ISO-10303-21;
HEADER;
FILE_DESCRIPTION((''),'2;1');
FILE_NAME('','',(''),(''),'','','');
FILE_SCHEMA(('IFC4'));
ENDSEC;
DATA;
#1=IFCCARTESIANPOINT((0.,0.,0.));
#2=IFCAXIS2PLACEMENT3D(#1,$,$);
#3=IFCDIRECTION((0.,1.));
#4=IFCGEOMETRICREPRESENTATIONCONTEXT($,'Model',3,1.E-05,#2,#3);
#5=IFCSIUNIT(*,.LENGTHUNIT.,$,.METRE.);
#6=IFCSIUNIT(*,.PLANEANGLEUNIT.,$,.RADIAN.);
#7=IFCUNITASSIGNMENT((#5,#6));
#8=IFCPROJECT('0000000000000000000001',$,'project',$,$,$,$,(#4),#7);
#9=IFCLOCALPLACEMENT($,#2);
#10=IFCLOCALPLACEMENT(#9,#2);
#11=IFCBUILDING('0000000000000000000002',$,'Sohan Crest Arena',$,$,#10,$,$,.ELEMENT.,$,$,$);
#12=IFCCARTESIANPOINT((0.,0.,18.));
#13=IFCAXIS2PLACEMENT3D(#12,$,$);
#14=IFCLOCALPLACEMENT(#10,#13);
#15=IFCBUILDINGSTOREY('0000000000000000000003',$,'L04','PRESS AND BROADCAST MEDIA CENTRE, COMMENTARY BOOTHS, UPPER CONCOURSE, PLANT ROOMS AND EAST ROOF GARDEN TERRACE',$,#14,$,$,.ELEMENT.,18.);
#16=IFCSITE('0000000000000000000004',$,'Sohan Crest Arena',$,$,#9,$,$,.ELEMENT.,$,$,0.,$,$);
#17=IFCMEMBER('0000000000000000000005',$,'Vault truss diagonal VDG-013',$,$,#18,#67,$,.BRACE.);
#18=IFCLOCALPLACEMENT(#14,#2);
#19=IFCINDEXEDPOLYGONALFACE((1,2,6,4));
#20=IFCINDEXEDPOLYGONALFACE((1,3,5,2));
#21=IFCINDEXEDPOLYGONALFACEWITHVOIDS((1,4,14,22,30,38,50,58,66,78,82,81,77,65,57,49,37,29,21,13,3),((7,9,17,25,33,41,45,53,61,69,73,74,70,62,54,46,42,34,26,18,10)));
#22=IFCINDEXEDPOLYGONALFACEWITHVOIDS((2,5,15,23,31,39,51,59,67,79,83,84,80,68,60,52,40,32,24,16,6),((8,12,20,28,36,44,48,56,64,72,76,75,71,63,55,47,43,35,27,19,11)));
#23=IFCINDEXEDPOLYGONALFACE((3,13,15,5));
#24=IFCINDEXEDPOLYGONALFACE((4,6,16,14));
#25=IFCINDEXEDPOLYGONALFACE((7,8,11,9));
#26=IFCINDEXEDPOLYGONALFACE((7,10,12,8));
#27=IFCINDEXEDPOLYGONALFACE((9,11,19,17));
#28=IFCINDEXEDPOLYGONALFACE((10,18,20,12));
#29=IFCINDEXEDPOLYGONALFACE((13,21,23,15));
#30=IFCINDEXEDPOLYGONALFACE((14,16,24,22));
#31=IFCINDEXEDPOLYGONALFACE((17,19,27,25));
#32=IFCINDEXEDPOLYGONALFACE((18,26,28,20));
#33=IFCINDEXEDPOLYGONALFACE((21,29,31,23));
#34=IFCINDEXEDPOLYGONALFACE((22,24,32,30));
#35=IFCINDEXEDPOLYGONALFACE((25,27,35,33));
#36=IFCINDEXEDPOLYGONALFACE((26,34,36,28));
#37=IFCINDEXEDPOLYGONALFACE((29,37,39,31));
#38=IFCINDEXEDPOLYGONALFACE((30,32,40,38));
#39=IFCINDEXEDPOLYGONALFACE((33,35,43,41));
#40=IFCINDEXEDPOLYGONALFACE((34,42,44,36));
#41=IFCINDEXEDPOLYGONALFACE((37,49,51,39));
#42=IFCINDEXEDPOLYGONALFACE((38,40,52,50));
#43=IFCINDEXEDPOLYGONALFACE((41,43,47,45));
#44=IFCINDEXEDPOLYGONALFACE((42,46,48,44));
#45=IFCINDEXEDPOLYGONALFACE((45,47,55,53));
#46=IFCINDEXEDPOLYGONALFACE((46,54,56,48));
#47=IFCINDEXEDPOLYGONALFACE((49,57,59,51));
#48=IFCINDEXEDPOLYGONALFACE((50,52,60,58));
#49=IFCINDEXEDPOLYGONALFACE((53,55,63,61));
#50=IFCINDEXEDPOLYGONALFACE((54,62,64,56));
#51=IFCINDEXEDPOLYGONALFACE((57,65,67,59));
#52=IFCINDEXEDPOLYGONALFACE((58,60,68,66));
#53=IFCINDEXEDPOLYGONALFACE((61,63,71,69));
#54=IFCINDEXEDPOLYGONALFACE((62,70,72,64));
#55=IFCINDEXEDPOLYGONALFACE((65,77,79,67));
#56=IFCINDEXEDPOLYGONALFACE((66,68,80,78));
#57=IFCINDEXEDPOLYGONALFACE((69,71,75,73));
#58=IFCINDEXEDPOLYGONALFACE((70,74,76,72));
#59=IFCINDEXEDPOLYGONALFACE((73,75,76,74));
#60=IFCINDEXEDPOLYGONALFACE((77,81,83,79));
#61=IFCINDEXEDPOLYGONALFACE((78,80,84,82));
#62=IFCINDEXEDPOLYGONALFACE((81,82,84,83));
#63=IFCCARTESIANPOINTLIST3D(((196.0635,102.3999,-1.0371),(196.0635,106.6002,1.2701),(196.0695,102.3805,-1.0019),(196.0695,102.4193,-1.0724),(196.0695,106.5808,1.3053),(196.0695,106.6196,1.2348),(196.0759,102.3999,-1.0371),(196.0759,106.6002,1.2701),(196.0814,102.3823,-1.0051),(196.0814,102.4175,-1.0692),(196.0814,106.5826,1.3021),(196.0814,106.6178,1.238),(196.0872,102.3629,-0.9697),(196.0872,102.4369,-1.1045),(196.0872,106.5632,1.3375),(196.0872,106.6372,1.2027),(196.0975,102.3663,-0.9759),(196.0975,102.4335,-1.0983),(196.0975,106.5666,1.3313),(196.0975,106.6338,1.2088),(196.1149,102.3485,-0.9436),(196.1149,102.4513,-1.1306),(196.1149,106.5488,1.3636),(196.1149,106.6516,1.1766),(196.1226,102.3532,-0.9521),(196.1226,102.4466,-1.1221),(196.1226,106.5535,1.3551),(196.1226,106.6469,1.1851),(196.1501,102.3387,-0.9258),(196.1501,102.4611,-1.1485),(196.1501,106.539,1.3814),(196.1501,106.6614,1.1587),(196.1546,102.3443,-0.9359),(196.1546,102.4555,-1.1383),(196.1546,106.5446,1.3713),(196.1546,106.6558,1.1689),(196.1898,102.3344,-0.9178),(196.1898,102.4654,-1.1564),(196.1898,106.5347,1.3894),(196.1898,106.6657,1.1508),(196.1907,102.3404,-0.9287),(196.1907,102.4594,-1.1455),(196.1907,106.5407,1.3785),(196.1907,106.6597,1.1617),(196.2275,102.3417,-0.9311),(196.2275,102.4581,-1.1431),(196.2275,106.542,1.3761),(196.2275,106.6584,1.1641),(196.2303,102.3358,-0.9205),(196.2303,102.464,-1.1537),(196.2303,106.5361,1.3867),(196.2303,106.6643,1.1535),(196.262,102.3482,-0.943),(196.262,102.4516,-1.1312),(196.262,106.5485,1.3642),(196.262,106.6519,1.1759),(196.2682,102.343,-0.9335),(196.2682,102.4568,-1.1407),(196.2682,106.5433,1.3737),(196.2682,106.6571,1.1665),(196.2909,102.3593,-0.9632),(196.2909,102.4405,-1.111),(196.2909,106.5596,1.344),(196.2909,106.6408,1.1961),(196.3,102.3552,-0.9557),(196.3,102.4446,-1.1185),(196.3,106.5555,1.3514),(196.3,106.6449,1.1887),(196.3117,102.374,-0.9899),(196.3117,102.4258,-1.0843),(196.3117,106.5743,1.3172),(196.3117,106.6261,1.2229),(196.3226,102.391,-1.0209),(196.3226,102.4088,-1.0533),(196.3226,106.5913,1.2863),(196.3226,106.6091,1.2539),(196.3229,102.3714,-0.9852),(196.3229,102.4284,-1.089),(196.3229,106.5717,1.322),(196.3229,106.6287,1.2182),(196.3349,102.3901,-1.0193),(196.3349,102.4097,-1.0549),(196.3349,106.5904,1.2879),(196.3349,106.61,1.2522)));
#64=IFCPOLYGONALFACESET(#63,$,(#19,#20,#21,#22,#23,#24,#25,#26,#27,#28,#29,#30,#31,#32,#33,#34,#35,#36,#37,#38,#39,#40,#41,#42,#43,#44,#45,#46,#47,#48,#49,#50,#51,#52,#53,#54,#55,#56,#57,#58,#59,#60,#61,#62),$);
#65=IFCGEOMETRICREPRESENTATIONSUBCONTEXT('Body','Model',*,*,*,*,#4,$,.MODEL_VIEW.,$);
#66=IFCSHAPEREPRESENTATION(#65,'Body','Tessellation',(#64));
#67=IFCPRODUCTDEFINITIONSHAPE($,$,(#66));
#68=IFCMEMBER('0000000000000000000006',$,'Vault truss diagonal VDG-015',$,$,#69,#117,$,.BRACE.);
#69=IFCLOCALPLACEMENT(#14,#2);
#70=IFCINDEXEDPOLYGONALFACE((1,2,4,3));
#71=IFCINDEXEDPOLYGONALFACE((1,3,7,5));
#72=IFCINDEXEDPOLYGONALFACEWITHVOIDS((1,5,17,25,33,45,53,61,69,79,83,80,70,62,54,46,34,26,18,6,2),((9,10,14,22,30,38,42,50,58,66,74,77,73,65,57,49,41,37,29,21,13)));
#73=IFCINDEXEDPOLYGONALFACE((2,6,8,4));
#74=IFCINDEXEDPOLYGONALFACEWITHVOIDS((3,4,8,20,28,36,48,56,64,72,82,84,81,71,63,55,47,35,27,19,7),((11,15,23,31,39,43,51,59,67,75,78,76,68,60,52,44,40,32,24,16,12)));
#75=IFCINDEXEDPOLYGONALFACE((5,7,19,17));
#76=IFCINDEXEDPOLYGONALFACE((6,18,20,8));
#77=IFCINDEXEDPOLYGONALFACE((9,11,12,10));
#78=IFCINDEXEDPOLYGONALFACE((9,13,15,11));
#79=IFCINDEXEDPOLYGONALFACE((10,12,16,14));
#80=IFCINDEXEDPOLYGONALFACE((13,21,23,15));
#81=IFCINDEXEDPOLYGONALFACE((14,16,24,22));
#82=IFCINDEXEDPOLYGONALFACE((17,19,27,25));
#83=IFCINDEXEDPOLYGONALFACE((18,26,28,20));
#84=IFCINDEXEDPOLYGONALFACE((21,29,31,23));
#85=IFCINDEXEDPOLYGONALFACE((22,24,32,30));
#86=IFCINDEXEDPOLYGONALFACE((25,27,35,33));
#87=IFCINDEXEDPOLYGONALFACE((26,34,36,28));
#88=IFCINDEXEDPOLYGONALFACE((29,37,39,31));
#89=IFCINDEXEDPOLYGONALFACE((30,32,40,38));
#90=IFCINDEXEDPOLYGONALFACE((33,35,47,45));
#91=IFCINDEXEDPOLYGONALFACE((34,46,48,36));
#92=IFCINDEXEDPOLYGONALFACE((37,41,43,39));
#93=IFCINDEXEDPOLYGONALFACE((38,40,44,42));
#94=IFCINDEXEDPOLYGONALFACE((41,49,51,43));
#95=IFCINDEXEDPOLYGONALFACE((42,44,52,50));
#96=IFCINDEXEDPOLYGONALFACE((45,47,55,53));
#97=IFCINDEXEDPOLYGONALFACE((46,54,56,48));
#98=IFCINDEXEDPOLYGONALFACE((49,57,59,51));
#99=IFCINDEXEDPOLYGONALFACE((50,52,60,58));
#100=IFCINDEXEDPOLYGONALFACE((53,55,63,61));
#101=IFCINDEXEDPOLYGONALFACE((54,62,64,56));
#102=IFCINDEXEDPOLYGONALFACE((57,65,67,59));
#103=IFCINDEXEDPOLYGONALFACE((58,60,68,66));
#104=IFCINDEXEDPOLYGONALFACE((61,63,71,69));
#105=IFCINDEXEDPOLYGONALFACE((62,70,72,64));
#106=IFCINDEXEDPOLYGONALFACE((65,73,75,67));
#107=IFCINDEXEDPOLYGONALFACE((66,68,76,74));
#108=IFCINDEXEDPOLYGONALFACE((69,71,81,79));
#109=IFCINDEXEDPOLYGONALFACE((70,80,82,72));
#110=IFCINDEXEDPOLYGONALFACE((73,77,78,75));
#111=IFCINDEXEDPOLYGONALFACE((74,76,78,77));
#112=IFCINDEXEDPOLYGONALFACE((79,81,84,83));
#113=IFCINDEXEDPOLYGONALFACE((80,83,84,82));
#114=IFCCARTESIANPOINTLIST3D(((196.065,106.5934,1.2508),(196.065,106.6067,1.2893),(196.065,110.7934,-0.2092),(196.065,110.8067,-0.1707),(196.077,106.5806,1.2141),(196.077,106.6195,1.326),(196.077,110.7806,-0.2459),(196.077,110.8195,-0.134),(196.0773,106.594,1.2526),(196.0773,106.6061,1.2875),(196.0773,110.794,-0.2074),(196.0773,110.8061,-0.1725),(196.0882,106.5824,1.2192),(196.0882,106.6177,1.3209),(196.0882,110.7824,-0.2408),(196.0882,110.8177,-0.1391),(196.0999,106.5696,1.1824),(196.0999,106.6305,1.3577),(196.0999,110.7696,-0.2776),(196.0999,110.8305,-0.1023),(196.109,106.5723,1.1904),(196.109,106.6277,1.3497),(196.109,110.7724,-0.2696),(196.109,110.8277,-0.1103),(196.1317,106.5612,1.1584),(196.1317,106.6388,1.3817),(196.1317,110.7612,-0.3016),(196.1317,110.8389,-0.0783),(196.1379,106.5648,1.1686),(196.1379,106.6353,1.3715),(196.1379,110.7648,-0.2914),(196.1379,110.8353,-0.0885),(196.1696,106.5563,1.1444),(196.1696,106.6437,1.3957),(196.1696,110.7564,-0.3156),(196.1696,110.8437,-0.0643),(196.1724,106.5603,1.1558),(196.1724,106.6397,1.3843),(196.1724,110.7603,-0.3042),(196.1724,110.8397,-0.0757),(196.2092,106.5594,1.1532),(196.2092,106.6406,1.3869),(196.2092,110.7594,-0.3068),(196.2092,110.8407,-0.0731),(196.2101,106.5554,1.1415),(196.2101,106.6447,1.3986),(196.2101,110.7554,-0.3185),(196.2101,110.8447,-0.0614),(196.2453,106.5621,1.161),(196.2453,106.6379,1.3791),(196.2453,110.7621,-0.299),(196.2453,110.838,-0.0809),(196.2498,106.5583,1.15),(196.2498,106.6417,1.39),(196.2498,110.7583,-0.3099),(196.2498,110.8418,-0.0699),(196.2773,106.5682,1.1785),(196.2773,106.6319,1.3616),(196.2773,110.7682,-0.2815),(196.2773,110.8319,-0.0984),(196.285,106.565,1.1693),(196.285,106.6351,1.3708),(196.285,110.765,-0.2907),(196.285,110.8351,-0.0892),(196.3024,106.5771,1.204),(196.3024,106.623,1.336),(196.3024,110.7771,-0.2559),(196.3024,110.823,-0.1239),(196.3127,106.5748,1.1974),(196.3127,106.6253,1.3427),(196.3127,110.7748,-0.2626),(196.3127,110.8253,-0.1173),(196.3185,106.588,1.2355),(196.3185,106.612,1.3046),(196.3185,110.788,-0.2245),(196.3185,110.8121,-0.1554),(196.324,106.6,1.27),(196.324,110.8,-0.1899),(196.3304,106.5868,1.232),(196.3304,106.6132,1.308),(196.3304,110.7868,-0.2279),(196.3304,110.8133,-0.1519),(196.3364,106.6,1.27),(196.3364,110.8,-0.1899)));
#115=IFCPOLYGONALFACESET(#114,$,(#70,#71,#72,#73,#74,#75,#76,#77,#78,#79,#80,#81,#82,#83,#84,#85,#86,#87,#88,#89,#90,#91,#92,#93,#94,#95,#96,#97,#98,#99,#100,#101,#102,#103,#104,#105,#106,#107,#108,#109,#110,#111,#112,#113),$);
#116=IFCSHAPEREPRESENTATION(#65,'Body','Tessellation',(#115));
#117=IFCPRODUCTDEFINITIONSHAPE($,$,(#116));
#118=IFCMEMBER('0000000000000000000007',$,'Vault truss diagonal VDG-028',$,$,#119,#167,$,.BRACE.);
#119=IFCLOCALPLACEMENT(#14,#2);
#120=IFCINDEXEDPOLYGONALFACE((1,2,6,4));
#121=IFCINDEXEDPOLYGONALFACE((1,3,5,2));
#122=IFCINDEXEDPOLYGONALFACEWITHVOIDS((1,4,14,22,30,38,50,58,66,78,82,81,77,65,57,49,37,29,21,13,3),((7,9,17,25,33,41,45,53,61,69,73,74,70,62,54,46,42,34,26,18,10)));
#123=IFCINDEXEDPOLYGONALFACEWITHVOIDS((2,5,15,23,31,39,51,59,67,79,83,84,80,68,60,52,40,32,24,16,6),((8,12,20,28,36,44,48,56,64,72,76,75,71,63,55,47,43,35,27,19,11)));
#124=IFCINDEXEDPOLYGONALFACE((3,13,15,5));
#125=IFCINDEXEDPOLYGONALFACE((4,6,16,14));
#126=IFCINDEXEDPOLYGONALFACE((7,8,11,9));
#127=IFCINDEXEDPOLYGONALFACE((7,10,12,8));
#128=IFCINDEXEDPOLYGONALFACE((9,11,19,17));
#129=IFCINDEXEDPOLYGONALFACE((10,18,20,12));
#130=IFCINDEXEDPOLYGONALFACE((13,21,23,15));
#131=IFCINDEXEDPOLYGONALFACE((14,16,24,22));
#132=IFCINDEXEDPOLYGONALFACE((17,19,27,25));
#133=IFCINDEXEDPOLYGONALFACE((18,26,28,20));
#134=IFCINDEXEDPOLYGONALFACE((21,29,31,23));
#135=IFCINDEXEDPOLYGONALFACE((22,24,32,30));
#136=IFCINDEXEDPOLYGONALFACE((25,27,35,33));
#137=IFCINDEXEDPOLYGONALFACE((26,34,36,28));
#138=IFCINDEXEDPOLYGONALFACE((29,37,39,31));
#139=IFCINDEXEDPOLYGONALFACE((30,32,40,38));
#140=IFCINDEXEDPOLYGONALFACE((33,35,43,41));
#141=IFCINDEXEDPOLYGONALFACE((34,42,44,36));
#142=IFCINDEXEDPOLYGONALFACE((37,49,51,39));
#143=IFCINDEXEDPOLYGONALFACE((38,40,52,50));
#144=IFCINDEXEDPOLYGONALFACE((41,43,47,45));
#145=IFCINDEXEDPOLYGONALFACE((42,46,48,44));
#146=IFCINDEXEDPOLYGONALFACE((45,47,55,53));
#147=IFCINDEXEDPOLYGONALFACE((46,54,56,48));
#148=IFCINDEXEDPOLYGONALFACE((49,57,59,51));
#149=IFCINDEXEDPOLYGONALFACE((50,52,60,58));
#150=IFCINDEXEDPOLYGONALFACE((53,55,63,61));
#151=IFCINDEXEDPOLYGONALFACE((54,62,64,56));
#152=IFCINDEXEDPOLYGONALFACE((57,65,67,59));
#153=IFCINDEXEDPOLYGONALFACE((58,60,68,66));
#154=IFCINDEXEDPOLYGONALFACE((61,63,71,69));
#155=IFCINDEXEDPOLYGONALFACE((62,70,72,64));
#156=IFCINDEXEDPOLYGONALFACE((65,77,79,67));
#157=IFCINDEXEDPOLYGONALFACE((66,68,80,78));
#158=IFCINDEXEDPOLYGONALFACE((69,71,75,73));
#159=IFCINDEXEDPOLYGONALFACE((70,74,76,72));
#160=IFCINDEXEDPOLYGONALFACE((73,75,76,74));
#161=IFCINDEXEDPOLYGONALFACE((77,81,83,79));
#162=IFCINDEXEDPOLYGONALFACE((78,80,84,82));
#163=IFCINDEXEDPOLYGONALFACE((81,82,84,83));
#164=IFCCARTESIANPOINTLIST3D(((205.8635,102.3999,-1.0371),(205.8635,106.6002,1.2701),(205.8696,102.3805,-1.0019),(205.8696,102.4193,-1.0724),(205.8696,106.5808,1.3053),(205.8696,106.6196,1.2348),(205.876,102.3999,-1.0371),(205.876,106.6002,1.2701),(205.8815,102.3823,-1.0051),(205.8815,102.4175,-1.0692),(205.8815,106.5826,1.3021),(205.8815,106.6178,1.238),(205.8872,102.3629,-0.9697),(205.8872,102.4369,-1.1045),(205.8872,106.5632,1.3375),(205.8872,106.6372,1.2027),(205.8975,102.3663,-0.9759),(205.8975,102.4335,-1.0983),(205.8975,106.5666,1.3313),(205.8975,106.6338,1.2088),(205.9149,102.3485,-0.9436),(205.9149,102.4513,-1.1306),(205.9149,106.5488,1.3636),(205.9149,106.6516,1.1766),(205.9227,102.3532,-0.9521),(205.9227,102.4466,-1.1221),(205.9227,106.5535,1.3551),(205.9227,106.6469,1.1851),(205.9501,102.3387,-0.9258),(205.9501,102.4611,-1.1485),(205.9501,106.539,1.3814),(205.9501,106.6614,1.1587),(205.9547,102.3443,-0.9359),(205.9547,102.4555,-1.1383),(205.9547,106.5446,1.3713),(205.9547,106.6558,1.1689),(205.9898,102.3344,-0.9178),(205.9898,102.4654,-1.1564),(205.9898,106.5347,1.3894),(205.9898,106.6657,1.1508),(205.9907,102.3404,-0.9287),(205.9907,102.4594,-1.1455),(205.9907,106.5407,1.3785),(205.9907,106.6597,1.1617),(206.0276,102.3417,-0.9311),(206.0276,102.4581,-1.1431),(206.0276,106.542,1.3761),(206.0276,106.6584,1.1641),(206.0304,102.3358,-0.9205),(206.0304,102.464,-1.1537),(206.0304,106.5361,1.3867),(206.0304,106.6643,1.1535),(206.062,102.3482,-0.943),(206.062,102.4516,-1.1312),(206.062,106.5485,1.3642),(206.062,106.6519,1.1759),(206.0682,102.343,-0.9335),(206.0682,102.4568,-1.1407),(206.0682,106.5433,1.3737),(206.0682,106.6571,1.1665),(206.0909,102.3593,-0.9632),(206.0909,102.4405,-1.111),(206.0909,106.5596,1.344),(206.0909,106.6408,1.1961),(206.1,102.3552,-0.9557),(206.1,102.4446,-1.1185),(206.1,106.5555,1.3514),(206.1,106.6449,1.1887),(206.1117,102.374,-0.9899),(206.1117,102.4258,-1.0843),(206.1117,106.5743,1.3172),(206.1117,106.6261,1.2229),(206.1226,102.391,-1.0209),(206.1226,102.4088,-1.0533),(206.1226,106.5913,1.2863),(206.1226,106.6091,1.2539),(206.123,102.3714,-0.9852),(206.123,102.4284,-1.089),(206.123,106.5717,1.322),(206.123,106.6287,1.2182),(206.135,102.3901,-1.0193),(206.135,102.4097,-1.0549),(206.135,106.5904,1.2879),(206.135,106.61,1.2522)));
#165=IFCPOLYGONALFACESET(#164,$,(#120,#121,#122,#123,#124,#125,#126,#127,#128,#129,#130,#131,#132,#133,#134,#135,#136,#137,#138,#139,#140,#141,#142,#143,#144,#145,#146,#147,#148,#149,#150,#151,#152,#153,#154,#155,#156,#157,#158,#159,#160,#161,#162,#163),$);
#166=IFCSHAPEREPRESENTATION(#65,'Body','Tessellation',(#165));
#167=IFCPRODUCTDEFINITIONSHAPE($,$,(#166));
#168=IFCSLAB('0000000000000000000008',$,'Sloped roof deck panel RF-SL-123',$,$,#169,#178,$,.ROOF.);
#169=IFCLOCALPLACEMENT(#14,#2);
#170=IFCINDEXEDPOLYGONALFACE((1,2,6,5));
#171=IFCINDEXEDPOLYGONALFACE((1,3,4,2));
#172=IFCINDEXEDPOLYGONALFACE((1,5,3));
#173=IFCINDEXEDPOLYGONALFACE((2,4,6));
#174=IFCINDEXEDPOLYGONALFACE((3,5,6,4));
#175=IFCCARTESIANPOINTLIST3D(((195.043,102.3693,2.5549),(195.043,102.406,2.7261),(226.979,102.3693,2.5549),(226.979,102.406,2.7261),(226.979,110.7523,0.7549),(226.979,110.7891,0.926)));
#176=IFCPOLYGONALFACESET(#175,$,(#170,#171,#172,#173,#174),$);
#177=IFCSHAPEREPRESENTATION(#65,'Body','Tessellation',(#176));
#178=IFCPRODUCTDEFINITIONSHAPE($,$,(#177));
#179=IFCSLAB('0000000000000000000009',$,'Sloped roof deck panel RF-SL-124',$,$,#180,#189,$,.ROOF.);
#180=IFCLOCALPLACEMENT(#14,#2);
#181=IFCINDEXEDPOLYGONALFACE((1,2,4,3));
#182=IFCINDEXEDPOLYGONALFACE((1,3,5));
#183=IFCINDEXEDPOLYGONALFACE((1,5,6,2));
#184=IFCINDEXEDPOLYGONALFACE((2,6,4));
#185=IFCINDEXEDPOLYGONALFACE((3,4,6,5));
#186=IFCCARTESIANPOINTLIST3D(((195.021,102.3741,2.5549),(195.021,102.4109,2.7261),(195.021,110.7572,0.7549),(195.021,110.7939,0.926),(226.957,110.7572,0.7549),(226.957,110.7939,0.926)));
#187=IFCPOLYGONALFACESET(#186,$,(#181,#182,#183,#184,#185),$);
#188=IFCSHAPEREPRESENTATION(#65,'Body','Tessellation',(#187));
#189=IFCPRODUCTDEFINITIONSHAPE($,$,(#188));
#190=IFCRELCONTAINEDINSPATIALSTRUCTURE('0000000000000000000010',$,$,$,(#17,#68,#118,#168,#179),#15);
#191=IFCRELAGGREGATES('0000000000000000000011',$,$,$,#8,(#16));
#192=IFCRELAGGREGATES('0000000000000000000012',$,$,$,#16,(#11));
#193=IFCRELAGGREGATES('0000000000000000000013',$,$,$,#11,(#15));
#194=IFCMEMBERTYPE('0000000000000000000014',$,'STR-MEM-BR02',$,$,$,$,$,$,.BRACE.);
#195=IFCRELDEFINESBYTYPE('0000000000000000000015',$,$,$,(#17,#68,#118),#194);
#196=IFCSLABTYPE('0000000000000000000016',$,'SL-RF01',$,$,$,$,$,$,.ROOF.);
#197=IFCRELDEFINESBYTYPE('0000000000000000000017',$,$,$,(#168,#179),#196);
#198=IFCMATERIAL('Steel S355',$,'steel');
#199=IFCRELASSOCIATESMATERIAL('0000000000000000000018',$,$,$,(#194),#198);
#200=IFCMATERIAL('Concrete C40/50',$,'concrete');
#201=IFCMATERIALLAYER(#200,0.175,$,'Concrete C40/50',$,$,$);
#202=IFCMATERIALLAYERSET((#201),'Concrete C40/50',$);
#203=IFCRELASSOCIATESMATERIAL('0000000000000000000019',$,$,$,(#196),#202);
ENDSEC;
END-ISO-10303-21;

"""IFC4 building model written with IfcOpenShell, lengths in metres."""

from ifc_helpers import new_model, si_unit, direction, frame, origin, origin_2d, place, context, subcontext, project, spatial, polyline, hollow_circle, outline, extrude, material, layer, layer_set, material_profile, profile_set, type_object, element, save


model = new_model("IFC4")

# Units and contexts
model_context = context("Model", 3, precision=1e-05, world=origin(), true_north=direction((0.0, 1.0)))
body_context = subcontext(model_context, "Body", "Model", "MODEL_VIEW")
ifc_project = project(units=[si_unit("LENGTHUNIT", "METRE"), si_unit("PLANEANGLEUNIT", "RADIAN")], contexts=[model_context])

# Site, building, storey
site_placement = place(None, origin())
site = spatial("IfcSite", under=ifc_project, at=site_placement, Name="Sohan Crest Arena", CompositionType="ELEMENT", RefElevation=0.0)
building_placement = place(site_placement, origin())
building = spatial("IfcBuilding", under=site, at=building_placement, Name="Sohan Crest Arena", CompositionType="ELEMENT")
storey_placement = place(building_placement, frame((0.0, 0.0, 18.0)))
storey = spatial("IfcBuildingStorey", under=building, at=storey_placement, Name="L04", Description="PRESS AND BROADCAST MEDIA CENTRE, COMMENTARY BOOTHS, UPPER CONCOURSE, PLANT ROOMS AND EAST ROOF GARDEN TERRACE", CompositionType="ELEMENT", Elevation=18.0)

# Shared definitions
ifc_material_1 = material(Name="Steel S355", Category="steel")

# Members
ifc_material_profile_1 = material_profile(ifc_material_1, hollow_circle(Radius=0.1365, WallThickness=0.0125, at=origin_2d()), Name="CHS 273x12.5")
ifc_profile_set_1 = profile_set([ifc_material_profile_1], Name="Steel S355")
member_type_1 = type_object("IfcMemberType", Name="STR-MEM-BR02", PredefinedType="BRACE", material=ifc_profile_set_1)
member_1_placement = place(storey_placement, frame((196.2, 102.3999, -1.0371), z_axis=(0.0, 0.876478, 0.481441), x_axis=(-1.0, 0.0, 0.0)))
element("IfcMember", 1, at=member_1_placement, inside=storey, type_object=member_type_1, Name="Vault truss diagonal VDG-013", PredefinedType="BRACE", context=body_context, shape_type="SweptSolid", body=[
    extrude(hollow_circle(Radius=0.1365, WallThickness=0.0125, at=origin_2d()), origin(), (0.0, 0.0, 1.0), 4.7922),
])
member_2_placement = place(storey_placement, frame((196.2, 110.8, -0.1899), z_axis=(0.0, -0.944559, 0.328342), x_axis=(1.0, 0.0, 0.0)))
element("IfcMember", 2, at=member_2_placement, inside=storey, type_object=member_type_1, Name="Vault truss diagonal VDG-015", PredefinedType="BRACE", context=body_context, shape_type="SweptSolid", body=[
    extrude(hollow_circle(Radius=0.1365, WallThickness=0.0125, at=origin_2d()), origin(), (0.0, 0.0, 1.0), 4.4465),
])
member_3_placement = place(storey_placement, frame((206.0, 102.3999, -1.0371), z_axis=(0.0, 0.876478, 0.481441), x_axis=(-1.0, 0.0, 0.0)))
element("IfcMember", 3, at=member_3_placement, inside=storey, type_object=member_type_1, Name="Vault truss diagonal VDG-028", PredefinedType="BRACE", context=body_context, shape_type="SweptSolid", body=[
    extrude(hollow_circle(Radius=0.1365, WallThickness=0.0125, at=origin_2d()), origin(), (0.0, 0.0, 1.0), 4.7922),
])

# Slabs
ifc_material_2 = material(Name="Concrete C40/50", Category="concrete")
ifc_layer_1 = layer(ifc_material_2, 0.175, Name="Concrete C40/50")
ifc_layer_set_1 = layer_set([ifc_layer_1], Name="Concrete C40/50")
slab_type = type_object("IfcSlabType", Name="SL-RF01", PredefinedType="ROOF", material=ifc_layer_set_1)
slab_1_placement = place(storey_placement, frame((195.043, 102.406, 2.7261), z_axis=(0.0, 0.209939, 0.977714), x_axis=(1.0, 0.0, 0.0)))
element("IfcSlab", 4, at=slab_1_placement, inside=storey, type_object=slab_type, Name="Sloped roof deck panel RF-SL-123", PredefinedType="ROOF", context=body_context, shape_type="SweptSolid", body=[
    extrude(outline(polyline([(0.0, 0.0), (31.936, 0.0), (31.936, 8.5741), (0.0, 0.0)])), origin(), (0.0, 0.0, -1.0), 0.175),
])
slab_2_placement = place(storey_placement, frame((195.021, 102.4109, 2.7261), z_axis=(0.0, 0.209939, 0.977714), x_axis=(0.965798, 0.253517, -0.054436)))
element("IfcSlab", 5, at=slab_2_placement, inside=storey, type_object=slab_type, Name="Sloped roof deck panel RF-SL-124", PredefinedType="ROOF", context=body_context, shape_type="SweptSolid", body=[
    extrude(outline(polyline([(0.0, 0.0), (33.067, 0.0), (2.2232, 8.2809), (0.0, 0.0)])), origin(), (0.0, 0.0, -1.0), 0.175),
])

save(model, "model.ifc")
